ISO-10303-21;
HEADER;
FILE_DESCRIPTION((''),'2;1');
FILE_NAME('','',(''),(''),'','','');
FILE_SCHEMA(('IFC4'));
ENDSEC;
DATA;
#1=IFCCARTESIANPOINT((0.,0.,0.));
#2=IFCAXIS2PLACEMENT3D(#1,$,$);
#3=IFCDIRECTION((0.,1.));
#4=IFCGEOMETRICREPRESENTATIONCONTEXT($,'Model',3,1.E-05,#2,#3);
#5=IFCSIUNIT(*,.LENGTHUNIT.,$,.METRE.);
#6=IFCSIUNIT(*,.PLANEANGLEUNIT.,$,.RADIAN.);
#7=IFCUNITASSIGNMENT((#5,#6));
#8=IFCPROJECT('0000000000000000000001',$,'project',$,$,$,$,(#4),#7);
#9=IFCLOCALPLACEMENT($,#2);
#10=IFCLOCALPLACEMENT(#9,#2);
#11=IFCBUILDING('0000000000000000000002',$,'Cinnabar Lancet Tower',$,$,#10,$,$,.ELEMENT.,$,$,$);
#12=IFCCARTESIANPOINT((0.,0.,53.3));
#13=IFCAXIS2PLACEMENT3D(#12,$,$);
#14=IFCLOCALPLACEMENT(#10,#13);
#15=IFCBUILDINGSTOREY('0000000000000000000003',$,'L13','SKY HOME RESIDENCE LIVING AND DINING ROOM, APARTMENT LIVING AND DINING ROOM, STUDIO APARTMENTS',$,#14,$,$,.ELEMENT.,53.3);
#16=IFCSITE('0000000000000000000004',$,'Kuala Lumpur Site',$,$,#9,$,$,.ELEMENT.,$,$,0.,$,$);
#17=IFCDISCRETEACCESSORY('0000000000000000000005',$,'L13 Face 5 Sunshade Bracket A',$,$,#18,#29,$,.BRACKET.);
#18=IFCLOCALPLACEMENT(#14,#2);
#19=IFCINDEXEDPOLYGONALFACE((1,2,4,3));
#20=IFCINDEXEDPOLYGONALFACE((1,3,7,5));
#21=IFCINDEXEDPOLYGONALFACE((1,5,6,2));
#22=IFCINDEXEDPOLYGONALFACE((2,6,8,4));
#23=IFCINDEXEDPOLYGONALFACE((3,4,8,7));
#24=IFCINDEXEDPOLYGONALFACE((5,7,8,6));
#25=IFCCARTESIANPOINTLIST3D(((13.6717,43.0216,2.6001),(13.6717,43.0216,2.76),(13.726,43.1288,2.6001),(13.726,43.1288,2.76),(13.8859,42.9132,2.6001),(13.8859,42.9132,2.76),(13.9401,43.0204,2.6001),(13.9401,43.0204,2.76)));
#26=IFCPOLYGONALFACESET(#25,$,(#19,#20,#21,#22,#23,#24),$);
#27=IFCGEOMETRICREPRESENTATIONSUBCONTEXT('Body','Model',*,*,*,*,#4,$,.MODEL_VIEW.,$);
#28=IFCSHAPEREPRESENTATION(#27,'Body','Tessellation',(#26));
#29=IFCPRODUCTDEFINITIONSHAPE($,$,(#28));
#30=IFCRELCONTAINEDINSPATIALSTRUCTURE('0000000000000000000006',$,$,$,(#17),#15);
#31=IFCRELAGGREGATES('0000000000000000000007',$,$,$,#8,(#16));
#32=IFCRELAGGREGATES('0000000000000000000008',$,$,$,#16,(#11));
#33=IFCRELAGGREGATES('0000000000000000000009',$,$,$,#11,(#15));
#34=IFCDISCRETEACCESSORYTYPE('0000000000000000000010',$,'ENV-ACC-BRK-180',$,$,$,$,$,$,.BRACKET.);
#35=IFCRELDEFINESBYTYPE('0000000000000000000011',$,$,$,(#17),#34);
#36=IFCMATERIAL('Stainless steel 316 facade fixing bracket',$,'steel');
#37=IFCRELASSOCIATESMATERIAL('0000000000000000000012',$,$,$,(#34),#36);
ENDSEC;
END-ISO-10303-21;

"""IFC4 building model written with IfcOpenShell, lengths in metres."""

from ifc_helpers import new_model, si_unit, direction, frame, origin, origin_2d, place, context, subcontext, project, spatial, rectangle, extrude, material, type_object, element, save


model = new_model("IFC4")

# Units and contexts
model_context = context("Model", 3, precision=1e-05, world=origin(), true_north=direction((0.0, 1.0)))
body_context = subcontext(model_context, "Body", "Model", "MODEL_VIEW")
ifc_project = project(units=[si_unit("LENGTHUNIT", "METRE"), si_unit("PLANEANGLEUNIT", "RADIAN")], contexts=[model_context])

# Site, building, storey
site_placement = place(None, origin())
site = spatial("IfcSite", under=ifc_project, at=site_placement, Name="Kuala Lumpur Site", CompositionType="ELEMENT", RefElevation=0.0)
building_placement = place(site_placement, origin())
building = spatial("IfcBuilding", under=site, at=building_placement, Name="Cinnabar Lancet Tower", CompositionType="ELEMENT")
storey_placement = place(building_placement, frame((0.0, 0.0, 53.3)))
storey = spatial("IfcBuildingStorey", under=building, at=storey_placement, Name="L13", Description="SKY HOME RESIDENCE LIVING AND DINING ROOM, APARTMENT LIVING AND DINING ROOM, STUDIO APARTMENTS", CompositionType="ELEMENT", Elevation=53.3)

# Discrete accessory
ifc_material_1 = material(Name="Stainless steel 316 facade fixing bracket", Category="steel")
discrete_accessory_type = type_object("IfcDiscreteAccessoryType", Name="ENV-ACC-BRK-180", PredefinedType="BRACKET", material=ifc_material_1)
discrete_accessory_placement = place(storey_placement, frame((13.8059, 43.021, 2.6001), z_axis=(0.0, 0.0, 1.0), x_axis=(-0.451501, -0.892271, 0.0)))
element("IfcDiscreteAccessory", 1, at=discrete_accessory_placement, inside=storey, type_object=discrete_accessory_type, Name="L13 Face 5 Sunshade Bracket A", PredefinedType="BRACKET", context=body_context, shape_type="SweptSolid", body=[
    extrude(rectangle(XDim=0.1201, YDim=0.24, at=origin_2d()), origin(), (0.0, 0.0, 1.0), 0.1599),
])

save(model, "model.ifc")
